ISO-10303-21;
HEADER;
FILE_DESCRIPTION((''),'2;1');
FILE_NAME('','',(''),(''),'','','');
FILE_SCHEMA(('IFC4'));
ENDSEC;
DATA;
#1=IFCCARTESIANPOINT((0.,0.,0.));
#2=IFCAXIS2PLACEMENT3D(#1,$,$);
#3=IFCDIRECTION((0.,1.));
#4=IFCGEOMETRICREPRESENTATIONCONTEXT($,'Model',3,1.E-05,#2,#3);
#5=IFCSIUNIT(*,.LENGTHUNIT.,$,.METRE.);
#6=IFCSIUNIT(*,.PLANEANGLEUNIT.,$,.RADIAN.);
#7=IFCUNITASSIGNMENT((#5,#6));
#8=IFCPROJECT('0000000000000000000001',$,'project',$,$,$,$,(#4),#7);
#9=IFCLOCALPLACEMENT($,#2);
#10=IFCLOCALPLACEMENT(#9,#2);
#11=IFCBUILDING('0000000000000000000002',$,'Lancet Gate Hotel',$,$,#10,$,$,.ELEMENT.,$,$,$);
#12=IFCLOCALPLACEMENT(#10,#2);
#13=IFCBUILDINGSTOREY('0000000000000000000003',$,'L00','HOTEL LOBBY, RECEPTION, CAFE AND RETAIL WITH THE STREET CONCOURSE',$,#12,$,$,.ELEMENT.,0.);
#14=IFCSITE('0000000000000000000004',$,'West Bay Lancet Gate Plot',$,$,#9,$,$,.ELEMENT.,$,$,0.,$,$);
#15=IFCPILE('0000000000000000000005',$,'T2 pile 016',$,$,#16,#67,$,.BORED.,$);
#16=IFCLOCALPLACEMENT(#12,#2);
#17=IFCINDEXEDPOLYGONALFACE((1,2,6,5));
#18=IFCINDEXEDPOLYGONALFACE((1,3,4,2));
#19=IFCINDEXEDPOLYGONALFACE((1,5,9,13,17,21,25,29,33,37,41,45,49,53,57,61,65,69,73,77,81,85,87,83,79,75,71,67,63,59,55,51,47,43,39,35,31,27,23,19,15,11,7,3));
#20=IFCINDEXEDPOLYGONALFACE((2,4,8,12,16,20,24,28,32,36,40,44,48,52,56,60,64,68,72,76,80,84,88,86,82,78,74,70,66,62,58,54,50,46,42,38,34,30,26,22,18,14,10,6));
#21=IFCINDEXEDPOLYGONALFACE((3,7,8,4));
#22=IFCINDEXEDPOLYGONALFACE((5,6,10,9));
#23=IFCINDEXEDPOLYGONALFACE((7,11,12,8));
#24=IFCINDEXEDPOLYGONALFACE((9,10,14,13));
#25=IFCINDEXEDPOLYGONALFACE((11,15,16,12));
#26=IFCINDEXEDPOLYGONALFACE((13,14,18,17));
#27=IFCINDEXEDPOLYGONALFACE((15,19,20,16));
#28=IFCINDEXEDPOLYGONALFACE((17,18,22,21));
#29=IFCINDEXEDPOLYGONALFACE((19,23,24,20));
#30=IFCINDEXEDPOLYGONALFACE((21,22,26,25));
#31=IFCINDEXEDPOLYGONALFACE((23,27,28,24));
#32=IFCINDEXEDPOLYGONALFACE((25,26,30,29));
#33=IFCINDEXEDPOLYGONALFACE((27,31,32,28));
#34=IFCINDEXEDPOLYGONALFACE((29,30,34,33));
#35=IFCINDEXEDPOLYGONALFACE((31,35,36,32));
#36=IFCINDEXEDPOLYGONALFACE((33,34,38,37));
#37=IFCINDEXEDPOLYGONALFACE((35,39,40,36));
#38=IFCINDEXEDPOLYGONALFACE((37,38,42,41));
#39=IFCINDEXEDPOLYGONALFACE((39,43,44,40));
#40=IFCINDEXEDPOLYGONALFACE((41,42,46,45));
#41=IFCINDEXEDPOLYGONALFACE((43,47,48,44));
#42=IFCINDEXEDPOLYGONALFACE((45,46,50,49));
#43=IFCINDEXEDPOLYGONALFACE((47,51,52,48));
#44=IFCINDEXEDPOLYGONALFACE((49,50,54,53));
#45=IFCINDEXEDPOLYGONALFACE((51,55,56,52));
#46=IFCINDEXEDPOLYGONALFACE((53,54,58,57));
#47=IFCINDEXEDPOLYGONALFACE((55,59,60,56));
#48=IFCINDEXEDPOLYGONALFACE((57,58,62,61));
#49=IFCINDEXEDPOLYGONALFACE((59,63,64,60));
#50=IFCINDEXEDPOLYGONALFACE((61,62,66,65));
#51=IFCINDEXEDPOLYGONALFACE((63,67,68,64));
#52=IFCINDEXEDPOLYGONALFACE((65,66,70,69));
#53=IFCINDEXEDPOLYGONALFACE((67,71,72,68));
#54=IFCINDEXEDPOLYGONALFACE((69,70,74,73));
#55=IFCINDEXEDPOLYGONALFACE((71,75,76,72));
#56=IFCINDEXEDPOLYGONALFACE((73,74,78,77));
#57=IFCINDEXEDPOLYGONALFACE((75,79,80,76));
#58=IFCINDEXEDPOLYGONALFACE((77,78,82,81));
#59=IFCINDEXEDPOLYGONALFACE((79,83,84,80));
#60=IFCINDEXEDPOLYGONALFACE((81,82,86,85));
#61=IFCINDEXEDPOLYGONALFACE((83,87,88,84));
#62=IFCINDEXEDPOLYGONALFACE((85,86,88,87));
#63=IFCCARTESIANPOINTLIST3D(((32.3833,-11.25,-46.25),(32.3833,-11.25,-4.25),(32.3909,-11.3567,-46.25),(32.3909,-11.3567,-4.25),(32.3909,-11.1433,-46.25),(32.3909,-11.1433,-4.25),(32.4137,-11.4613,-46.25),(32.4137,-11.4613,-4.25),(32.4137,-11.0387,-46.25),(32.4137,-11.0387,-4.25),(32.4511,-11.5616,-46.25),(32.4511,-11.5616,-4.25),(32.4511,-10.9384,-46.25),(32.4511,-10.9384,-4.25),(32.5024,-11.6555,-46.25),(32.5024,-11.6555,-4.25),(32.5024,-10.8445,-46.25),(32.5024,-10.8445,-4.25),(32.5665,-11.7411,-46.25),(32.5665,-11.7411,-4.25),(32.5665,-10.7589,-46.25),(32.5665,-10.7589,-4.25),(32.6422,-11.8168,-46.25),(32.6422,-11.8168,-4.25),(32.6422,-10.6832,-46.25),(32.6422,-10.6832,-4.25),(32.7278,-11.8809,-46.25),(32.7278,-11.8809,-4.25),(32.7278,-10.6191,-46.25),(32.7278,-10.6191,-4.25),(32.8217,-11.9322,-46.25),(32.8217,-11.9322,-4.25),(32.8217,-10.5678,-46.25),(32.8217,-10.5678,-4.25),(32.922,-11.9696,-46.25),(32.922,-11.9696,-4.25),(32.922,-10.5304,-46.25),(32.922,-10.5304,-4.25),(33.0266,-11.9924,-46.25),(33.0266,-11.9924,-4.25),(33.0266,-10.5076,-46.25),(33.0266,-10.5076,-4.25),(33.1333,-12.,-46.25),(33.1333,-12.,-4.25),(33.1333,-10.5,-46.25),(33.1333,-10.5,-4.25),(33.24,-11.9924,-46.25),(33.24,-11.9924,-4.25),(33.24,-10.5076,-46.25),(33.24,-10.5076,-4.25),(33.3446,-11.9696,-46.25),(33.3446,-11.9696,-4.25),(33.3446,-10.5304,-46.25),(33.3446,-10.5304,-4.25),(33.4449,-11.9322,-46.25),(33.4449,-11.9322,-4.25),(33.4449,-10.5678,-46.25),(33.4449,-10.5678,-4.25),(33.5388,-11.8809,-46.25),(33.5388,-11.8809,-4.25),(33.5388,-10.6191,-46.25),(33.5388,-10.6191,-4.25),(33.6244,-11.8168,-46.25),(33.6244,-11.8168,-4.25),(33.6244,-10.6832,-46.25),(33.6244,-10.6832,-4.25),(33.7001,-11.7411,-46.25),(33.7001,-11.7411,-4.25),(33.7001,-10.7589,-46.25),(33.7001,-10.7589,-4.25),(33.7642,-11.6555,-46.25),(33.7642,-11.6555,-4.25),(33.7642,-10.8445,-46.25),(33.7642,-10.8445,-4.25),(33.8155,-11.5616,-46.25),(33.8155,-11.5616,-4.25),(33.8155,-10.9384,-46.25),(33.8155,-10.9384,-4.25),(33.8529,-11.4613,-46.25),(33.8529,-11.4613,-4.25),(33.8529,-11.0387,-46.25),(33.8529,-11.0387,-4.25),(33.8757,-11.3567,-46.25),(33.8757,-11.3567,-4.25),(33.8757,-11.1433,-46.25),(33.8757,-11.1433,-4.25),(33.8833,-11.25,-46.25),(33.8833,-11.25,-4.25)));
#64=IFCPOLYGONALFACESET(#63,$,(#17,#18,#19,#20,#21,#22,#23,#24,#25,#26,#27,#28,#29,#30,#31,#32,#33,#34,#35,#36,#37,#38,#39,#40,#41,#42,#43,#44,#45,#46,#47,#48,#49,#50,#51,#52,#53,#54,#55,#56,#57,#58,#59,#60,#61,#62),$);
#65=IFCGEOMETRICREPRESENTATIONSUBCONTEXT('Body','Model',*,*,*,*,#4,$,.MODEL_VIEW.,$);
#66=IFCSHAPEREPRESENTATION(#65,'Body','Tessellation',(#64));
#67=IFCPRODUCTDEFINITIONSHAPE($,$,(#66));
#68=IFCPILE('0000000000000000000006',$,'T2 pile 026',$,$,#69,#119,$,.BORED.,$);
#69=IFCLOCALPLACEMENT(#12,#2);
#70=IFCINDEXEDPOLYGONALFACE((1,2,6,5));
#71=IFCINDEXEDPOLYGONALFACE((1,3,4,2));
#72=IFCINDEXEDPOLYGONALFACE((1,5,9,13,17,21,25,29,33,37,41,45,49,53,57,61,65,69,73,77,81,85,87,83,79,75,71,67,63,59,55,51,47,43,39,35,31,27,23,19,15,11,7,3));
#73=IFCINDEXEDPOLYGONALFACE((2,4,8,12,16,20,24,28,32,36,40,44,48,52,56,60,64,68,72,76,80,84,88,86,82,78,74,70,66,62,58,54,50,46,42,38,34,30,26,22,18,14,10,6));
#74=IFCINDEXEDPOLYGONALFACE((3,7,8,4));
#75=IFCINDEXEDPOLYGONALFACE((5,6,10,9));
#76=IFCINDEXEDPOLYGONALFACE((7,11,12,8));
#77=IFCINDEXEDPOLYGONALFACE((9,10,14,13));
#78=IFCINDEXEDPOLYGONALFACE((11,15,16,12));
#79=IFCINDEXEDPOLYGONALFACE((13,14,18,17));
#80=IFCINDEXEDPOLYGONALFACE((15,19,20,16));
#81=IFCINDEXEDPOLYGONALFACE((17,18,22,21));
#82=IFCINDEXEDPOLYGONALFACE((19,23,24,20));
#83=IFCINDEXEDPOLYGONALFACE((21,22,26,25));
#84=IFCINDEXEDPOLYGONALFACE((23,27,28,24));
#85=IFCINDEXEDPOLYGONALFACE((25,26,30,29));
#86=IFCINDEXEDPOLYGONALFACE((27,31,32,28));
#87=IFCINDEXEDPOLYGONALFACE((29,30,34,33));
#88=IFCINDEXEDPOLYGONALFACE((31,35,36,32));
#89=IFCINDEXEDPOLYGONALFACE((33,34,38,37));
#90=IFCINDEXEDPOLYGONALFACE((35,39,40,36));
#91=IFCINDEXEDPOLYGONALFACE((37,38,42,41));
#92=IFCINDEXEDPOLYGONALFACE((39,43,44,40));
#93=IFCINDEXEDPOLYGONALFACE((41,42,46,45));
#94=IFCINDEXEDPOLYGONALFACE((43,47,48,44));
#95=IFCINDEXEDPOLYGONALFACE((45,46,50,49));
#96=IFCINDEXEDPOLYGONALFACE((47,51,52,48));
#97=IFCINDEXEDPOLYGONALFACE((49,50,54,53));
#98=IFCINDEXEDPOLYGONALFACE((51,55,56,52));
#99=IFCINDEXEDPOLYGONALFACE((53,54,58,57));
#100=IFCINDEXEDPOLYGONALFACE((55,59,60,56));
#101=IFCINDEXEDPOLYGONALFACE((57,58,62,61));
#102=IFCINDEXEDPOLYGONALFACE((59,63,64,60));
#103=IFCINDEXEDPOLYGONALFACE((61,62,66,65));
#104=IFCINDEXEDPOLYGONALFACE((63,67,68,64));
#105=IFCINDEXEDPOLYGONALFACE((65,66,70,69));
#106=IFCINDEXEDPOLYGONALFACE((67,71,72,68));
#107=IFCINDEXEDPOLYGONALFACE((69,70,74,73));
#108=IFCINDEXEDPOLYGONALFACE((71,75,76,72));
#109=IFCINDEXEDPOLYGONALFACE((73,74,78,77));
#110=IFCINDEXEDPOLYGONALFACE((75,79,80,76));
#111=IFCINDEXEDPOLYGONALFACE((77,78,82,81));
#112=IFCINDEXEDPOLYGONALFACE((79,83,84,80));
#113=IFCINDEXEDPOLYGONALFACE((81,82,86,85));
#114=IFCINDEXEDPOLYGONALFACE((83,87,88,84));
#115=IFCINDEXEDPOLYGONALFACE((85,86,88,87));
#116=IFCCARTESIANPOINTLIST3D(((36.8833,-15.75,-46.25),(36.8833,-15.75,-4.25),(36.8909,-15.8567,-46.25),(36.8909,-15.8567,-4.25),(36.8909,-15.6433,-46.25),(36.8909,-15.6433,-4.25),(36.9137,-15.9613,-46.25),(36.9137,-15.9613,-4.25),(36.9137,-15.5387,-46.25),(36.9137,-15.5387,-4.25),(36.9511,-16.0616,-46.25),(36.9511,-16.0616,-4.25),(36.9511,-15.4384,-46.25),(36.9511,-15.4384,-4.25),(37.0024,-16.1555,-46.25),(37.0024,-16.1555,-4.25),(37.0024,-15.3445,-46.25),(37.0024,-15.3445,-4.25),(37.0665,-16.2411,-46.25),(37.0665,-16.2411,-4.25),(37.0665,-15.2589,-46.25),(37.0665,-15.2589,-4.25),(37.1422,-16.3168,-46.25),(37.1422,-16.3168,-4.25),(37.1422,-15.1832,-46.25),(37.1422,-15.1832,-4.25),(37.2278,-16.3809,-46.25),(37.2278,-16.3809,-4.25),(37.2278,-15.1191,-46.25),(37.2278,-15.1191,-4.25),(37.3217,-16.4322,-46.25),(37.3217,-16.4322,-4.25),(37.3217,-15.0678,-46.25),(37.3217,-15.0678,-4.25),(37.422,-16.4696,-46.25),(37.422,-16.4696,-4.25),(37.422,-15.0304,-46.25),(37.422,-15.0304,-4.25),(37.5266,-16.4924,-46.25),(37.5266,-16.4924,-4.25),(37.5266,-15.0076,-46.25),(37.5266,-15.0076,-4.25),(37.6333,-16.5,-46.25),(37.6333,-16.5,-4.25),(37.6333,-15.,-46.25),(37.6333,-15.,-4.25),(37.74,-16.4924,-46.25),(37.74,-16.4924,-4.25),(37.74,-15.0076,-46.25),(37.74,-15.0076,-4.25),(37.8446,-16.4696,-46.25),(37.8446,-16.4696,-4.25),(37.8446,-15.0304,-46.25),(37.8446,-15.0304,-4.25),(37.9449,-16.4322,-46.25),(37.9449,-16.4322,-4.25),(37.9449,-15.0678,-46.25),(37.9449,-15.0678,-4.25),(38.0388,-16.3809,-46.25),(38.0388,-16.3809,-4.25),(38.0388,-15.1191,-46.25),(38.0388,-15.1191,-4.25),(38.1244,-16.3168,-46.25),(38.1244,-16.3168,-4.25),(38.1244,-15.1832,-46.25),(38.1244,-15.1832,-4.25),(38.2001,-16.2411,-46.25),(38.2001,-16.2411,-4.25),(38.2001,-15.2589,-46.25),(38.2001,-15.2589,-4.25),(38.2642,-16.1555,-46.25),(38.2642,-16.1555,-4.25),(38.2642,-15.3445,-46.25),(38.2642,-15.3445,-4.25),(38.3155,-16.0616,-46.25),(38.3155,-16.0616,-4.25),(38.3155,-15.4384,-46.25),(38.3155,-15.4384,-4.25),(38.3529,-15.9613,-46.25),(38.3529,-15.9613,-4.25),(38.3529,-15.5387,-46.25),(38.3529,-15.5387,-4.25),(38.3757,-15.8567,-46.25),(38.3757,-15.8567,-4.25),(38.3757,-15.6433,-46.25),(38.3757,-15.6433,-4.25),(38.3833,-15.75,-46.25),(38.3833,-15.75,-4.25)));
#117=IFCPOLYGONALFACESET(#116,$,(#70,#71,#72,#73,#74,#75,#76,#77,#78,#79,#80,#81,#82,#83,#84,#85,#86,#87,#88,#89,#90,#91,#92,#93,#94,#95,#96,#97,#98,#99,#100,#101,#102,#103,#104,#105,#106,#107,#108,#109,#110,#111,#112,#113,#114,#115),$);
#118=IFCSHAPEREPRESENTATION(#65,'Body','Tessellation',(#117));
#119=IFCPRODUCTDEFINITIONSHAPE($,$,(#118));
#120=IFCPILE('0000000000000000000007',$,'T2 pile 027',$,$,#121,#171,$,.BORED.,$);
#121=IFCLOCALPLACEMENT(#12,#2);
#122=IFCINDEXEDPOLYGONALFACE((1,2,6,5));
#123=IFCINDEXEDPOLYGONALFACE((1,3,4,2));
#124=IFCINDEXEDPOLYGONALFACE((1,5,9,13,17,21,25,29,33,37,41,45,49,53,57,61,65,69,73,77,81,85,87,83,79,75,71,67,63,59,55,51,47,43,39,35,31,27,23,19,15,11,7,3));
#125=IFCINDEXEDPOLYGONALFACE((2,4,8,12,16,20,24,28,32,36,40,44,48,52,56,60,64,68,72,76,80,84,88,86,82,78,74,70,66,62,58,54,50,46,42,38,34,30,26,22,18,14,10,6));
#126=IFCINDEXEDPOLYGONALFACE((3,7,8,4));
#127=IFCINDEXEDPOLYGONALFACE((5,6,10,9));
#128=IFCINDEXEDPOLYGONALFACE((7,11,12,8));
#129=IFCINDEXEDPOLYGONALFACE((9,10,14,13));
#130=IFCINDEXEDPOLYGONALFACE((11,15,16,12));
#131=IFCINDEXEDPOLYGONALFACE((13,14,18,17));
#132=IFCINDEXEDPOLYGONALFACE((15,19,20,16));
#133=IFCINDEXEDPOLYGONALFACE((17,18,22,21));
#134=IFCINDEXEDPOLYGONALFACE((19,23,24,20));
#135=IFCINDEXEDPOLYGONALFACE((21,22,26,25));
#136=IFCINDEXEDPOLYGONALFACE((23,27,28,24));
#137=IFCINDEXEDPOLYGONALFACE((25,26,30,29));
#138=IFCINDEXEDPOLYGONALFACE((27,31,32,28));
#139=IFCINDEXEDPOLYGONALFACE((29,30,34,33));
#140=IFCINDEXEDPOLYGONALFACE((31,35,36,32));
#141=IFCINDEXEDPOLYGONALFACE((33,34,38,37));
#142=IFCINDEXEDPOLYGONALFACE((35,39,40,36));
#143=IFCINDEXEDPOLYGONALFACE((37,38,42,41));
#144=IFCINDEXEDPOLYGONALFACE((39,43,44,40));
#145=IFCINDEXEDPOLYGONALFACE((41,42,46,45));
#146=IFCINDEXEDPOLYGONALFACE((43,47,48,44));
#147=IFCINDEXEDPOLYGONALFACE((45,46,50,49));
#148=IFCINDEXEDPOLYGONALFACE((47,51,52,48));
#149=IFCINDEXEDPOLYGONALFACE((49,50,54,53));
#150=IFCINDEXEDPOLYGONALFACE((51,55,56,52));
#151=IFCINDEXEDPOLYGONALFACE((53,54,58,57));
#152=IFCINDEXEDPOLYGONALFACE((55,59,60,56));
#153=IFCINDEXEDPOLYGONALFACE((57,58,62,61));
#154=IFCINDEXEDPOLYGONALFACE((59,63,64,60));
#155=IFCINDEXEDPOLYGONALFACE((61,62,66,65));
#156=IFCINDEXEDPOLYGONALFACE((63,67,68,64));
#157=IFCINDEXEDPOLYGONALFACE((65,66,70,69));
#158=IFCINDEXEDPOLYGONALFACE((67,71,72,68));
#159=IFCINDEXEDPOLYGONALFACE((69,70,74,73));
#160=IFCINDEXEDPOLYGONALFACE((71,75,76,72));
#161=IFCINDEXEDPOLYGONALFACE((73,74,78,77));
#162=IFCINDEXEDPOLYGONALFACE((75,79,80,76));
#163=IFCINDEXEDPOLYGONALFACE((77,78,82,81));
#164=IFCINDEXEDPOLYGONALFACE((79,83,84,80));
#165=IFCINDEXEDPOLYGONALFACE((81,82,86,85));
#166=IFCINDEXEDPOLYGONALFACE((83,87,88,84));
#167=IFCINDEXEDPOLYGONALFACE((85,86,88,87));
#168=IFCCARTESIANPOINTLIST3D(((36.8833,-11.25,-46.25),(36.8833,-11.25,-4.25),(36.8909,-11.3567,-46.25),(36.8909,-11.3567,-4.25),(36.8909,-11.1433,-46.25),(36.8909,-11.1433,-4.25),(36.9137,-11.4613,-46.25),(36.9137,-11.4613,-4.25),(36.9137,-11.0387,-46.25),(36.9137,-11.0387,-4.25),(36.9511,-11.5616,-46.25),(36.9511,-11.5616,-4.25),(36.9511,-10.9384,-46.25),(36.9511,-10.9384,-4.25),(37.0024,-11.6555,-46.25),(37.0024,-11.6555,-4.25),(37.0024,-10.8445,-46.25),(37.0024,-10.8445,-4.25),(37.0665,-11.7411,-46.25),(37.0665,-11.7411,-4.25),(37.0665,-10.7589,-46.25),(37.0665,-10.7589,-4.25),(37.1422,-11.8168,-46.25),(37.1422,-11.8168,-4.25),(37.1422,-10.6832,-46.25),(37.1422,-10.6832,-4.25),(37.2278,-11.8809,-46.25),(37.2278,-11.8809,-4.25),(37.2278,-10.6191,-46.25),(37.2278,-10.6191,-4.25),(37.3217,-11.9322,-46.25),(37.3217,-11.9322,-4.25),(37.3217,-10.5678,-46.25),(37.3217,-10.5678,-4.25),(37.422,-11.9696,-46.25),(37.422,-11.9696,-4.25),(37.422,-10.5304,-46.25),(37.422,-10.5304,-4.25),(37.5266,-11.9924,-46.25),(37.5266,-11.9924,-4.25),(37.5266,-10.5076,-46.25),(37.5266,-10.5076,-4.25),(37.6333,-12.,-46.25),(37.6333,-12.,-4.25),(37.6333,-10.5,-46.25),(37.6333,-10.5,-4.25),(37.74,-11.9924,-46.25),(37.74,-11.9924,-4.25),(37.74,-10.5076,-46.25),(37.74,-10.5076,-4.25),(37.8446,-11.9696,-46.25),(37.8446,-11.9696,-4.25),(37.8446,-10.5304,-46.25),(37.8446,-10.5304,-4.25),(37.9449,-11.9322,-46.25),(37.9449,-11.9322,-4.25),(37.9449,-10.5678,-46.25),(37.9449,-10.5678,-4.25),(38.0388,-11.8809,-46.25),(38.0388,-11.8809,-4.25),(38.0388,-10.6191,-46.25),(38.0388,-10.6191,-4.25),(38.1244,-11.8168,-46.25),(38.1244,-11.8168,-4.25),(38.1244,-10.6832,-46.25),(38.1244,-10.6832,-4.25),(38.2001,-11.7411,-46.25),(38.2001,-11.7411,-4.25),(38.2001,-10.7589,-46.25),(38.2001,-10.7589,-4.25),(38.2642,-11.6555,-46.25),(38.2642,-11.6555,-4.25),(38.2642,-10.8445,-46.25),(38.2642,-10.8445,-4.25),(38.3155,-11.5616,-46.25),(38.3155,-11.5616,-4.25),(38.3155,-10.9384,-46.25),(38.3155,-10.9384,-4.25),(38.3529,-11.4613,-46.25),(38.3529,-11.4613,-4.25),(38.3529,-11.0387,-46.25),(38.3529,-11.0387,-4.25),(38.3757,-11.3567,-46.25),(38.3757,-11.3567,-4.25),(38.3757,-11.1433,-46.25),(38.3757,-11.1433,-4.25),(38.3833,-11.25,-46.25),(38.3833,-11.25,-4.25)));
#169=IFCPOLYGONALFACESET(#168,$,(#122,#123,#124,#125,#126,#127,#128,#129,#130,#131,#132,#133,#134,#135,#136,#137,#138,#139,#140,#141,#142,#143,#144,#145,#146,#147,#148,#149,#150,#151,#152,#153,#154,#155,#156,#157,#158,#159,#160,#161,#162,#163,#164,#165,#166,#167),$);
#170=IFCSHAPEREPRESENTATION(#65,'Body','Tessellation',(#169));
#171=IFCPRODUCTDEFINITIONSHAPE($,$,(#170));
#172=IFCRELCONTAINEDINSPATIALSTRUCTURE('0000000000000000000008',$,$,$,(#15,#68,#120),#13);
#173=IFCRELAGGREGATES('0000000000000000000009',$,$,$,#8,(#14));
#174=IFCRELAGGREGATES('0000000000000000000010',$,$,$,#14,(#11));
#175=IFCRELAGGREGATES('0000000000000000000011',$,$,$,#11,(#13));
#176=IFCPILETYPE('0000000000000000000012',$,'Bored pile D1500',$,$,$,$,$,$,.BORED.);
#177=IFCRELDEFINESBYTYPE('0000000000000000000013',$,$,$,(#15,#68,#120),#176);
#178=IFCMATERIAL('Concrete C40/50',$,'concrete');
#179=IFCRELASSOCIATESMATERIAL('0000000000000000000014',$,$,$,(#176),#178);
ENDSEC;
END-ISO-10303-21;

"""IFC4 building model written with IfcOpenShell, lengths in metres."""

from ifc_helpers import new_model, si_unit, direction, frame, origin, origin_2d, place, context, subcontext, project, spatial, circle, extrude, material, material_profile, profile_set, type_object, element, save


model = new_model("IFC4")

# Units and contexts
model_context = context("Model", 3, precision=1e-05, world=origin(), true_north=direction((0.0, 1.0)))
body_context = subcontext(model_context, "Body", "Model", "MODEL_VIEW")
ifc_project = project(units=[si_unit("LENGTHUNIT", "METRE"), si_unit("PLANEANGLEUNIT", "RADIAN")], contexts=[model_context])

# Site, building, storey
site_placement = place(None, origin())
site = spatial("IfcSite", under=ifc_project, at=site_placement, Name="West Bay Lancet Gate Plot", CompositionType="ELEMENT", RefElevation=0.0)
building_placement = place(site_placement, origin())
building = spatial("IfcBuilding", under=site, at=building_placement, Name="Lancet Gate Hotel", CompositionType="ELEMENT")
storey_placement = place(building_placement, origin())
storey = spatial("IfcBuildingStorey", under=building, at=storey_placement, Name="L00", Description="HOTEL LOBBY, RECEPTION, CAFE AND RETAIL WITH THE STREET CONCOURSE", CompositionType="ELEMENT", Elevation=0.0)

# Piles
ifc_material_1 = material(Name="Concrete C40/50", Category="concrete")
ifc_material_profile_1 = material_profile(ifc_material_1, circle(Radius=0.75, at=origin_2d()), Name="PILE D1500")
ifc_profile_set_1 = profile_set([ifc_material_profile_1], Name="Concrete C40/50")
pile_type = type_object("IfcPileType", Name="Bored pile D1500", PredefinedType="BORED", material=ifc_profile_set_1)
for number, where, z_axis, x_axis, name in (
    (1, (33.1333, -11.25, -4.25), (0.0, 0.0, -1.0), (1.0, 0.0, 0.0), "T2 pile 016"),
    (2, (37.6333, -15.75, -4.25), (0.0, 0.0, -1.0), (1.0, 0.0, 0.0), "T2 pile 026"),
    (3, (37.6333, -11.25, -4.25), (0.0, 0.0, -1.0), (1.0, 0.0, 0.0), "T2 pile 027"),
):
    element("IfcPile", number, at=place(storey_placement, frame(where, z_axis=z_axis, x_axis=x_axis)), inside=storey, type_object=pile_type, Name=name, PredefinedType="BORED", context=body_context, shape_type="SweptSolid", body=[
        extrude(circle(Radius=0.75, at=origin_2d()), origin(), (0.0, 0.0, 1.0), 42.0),
    ])

save(model, "model.ifc")
